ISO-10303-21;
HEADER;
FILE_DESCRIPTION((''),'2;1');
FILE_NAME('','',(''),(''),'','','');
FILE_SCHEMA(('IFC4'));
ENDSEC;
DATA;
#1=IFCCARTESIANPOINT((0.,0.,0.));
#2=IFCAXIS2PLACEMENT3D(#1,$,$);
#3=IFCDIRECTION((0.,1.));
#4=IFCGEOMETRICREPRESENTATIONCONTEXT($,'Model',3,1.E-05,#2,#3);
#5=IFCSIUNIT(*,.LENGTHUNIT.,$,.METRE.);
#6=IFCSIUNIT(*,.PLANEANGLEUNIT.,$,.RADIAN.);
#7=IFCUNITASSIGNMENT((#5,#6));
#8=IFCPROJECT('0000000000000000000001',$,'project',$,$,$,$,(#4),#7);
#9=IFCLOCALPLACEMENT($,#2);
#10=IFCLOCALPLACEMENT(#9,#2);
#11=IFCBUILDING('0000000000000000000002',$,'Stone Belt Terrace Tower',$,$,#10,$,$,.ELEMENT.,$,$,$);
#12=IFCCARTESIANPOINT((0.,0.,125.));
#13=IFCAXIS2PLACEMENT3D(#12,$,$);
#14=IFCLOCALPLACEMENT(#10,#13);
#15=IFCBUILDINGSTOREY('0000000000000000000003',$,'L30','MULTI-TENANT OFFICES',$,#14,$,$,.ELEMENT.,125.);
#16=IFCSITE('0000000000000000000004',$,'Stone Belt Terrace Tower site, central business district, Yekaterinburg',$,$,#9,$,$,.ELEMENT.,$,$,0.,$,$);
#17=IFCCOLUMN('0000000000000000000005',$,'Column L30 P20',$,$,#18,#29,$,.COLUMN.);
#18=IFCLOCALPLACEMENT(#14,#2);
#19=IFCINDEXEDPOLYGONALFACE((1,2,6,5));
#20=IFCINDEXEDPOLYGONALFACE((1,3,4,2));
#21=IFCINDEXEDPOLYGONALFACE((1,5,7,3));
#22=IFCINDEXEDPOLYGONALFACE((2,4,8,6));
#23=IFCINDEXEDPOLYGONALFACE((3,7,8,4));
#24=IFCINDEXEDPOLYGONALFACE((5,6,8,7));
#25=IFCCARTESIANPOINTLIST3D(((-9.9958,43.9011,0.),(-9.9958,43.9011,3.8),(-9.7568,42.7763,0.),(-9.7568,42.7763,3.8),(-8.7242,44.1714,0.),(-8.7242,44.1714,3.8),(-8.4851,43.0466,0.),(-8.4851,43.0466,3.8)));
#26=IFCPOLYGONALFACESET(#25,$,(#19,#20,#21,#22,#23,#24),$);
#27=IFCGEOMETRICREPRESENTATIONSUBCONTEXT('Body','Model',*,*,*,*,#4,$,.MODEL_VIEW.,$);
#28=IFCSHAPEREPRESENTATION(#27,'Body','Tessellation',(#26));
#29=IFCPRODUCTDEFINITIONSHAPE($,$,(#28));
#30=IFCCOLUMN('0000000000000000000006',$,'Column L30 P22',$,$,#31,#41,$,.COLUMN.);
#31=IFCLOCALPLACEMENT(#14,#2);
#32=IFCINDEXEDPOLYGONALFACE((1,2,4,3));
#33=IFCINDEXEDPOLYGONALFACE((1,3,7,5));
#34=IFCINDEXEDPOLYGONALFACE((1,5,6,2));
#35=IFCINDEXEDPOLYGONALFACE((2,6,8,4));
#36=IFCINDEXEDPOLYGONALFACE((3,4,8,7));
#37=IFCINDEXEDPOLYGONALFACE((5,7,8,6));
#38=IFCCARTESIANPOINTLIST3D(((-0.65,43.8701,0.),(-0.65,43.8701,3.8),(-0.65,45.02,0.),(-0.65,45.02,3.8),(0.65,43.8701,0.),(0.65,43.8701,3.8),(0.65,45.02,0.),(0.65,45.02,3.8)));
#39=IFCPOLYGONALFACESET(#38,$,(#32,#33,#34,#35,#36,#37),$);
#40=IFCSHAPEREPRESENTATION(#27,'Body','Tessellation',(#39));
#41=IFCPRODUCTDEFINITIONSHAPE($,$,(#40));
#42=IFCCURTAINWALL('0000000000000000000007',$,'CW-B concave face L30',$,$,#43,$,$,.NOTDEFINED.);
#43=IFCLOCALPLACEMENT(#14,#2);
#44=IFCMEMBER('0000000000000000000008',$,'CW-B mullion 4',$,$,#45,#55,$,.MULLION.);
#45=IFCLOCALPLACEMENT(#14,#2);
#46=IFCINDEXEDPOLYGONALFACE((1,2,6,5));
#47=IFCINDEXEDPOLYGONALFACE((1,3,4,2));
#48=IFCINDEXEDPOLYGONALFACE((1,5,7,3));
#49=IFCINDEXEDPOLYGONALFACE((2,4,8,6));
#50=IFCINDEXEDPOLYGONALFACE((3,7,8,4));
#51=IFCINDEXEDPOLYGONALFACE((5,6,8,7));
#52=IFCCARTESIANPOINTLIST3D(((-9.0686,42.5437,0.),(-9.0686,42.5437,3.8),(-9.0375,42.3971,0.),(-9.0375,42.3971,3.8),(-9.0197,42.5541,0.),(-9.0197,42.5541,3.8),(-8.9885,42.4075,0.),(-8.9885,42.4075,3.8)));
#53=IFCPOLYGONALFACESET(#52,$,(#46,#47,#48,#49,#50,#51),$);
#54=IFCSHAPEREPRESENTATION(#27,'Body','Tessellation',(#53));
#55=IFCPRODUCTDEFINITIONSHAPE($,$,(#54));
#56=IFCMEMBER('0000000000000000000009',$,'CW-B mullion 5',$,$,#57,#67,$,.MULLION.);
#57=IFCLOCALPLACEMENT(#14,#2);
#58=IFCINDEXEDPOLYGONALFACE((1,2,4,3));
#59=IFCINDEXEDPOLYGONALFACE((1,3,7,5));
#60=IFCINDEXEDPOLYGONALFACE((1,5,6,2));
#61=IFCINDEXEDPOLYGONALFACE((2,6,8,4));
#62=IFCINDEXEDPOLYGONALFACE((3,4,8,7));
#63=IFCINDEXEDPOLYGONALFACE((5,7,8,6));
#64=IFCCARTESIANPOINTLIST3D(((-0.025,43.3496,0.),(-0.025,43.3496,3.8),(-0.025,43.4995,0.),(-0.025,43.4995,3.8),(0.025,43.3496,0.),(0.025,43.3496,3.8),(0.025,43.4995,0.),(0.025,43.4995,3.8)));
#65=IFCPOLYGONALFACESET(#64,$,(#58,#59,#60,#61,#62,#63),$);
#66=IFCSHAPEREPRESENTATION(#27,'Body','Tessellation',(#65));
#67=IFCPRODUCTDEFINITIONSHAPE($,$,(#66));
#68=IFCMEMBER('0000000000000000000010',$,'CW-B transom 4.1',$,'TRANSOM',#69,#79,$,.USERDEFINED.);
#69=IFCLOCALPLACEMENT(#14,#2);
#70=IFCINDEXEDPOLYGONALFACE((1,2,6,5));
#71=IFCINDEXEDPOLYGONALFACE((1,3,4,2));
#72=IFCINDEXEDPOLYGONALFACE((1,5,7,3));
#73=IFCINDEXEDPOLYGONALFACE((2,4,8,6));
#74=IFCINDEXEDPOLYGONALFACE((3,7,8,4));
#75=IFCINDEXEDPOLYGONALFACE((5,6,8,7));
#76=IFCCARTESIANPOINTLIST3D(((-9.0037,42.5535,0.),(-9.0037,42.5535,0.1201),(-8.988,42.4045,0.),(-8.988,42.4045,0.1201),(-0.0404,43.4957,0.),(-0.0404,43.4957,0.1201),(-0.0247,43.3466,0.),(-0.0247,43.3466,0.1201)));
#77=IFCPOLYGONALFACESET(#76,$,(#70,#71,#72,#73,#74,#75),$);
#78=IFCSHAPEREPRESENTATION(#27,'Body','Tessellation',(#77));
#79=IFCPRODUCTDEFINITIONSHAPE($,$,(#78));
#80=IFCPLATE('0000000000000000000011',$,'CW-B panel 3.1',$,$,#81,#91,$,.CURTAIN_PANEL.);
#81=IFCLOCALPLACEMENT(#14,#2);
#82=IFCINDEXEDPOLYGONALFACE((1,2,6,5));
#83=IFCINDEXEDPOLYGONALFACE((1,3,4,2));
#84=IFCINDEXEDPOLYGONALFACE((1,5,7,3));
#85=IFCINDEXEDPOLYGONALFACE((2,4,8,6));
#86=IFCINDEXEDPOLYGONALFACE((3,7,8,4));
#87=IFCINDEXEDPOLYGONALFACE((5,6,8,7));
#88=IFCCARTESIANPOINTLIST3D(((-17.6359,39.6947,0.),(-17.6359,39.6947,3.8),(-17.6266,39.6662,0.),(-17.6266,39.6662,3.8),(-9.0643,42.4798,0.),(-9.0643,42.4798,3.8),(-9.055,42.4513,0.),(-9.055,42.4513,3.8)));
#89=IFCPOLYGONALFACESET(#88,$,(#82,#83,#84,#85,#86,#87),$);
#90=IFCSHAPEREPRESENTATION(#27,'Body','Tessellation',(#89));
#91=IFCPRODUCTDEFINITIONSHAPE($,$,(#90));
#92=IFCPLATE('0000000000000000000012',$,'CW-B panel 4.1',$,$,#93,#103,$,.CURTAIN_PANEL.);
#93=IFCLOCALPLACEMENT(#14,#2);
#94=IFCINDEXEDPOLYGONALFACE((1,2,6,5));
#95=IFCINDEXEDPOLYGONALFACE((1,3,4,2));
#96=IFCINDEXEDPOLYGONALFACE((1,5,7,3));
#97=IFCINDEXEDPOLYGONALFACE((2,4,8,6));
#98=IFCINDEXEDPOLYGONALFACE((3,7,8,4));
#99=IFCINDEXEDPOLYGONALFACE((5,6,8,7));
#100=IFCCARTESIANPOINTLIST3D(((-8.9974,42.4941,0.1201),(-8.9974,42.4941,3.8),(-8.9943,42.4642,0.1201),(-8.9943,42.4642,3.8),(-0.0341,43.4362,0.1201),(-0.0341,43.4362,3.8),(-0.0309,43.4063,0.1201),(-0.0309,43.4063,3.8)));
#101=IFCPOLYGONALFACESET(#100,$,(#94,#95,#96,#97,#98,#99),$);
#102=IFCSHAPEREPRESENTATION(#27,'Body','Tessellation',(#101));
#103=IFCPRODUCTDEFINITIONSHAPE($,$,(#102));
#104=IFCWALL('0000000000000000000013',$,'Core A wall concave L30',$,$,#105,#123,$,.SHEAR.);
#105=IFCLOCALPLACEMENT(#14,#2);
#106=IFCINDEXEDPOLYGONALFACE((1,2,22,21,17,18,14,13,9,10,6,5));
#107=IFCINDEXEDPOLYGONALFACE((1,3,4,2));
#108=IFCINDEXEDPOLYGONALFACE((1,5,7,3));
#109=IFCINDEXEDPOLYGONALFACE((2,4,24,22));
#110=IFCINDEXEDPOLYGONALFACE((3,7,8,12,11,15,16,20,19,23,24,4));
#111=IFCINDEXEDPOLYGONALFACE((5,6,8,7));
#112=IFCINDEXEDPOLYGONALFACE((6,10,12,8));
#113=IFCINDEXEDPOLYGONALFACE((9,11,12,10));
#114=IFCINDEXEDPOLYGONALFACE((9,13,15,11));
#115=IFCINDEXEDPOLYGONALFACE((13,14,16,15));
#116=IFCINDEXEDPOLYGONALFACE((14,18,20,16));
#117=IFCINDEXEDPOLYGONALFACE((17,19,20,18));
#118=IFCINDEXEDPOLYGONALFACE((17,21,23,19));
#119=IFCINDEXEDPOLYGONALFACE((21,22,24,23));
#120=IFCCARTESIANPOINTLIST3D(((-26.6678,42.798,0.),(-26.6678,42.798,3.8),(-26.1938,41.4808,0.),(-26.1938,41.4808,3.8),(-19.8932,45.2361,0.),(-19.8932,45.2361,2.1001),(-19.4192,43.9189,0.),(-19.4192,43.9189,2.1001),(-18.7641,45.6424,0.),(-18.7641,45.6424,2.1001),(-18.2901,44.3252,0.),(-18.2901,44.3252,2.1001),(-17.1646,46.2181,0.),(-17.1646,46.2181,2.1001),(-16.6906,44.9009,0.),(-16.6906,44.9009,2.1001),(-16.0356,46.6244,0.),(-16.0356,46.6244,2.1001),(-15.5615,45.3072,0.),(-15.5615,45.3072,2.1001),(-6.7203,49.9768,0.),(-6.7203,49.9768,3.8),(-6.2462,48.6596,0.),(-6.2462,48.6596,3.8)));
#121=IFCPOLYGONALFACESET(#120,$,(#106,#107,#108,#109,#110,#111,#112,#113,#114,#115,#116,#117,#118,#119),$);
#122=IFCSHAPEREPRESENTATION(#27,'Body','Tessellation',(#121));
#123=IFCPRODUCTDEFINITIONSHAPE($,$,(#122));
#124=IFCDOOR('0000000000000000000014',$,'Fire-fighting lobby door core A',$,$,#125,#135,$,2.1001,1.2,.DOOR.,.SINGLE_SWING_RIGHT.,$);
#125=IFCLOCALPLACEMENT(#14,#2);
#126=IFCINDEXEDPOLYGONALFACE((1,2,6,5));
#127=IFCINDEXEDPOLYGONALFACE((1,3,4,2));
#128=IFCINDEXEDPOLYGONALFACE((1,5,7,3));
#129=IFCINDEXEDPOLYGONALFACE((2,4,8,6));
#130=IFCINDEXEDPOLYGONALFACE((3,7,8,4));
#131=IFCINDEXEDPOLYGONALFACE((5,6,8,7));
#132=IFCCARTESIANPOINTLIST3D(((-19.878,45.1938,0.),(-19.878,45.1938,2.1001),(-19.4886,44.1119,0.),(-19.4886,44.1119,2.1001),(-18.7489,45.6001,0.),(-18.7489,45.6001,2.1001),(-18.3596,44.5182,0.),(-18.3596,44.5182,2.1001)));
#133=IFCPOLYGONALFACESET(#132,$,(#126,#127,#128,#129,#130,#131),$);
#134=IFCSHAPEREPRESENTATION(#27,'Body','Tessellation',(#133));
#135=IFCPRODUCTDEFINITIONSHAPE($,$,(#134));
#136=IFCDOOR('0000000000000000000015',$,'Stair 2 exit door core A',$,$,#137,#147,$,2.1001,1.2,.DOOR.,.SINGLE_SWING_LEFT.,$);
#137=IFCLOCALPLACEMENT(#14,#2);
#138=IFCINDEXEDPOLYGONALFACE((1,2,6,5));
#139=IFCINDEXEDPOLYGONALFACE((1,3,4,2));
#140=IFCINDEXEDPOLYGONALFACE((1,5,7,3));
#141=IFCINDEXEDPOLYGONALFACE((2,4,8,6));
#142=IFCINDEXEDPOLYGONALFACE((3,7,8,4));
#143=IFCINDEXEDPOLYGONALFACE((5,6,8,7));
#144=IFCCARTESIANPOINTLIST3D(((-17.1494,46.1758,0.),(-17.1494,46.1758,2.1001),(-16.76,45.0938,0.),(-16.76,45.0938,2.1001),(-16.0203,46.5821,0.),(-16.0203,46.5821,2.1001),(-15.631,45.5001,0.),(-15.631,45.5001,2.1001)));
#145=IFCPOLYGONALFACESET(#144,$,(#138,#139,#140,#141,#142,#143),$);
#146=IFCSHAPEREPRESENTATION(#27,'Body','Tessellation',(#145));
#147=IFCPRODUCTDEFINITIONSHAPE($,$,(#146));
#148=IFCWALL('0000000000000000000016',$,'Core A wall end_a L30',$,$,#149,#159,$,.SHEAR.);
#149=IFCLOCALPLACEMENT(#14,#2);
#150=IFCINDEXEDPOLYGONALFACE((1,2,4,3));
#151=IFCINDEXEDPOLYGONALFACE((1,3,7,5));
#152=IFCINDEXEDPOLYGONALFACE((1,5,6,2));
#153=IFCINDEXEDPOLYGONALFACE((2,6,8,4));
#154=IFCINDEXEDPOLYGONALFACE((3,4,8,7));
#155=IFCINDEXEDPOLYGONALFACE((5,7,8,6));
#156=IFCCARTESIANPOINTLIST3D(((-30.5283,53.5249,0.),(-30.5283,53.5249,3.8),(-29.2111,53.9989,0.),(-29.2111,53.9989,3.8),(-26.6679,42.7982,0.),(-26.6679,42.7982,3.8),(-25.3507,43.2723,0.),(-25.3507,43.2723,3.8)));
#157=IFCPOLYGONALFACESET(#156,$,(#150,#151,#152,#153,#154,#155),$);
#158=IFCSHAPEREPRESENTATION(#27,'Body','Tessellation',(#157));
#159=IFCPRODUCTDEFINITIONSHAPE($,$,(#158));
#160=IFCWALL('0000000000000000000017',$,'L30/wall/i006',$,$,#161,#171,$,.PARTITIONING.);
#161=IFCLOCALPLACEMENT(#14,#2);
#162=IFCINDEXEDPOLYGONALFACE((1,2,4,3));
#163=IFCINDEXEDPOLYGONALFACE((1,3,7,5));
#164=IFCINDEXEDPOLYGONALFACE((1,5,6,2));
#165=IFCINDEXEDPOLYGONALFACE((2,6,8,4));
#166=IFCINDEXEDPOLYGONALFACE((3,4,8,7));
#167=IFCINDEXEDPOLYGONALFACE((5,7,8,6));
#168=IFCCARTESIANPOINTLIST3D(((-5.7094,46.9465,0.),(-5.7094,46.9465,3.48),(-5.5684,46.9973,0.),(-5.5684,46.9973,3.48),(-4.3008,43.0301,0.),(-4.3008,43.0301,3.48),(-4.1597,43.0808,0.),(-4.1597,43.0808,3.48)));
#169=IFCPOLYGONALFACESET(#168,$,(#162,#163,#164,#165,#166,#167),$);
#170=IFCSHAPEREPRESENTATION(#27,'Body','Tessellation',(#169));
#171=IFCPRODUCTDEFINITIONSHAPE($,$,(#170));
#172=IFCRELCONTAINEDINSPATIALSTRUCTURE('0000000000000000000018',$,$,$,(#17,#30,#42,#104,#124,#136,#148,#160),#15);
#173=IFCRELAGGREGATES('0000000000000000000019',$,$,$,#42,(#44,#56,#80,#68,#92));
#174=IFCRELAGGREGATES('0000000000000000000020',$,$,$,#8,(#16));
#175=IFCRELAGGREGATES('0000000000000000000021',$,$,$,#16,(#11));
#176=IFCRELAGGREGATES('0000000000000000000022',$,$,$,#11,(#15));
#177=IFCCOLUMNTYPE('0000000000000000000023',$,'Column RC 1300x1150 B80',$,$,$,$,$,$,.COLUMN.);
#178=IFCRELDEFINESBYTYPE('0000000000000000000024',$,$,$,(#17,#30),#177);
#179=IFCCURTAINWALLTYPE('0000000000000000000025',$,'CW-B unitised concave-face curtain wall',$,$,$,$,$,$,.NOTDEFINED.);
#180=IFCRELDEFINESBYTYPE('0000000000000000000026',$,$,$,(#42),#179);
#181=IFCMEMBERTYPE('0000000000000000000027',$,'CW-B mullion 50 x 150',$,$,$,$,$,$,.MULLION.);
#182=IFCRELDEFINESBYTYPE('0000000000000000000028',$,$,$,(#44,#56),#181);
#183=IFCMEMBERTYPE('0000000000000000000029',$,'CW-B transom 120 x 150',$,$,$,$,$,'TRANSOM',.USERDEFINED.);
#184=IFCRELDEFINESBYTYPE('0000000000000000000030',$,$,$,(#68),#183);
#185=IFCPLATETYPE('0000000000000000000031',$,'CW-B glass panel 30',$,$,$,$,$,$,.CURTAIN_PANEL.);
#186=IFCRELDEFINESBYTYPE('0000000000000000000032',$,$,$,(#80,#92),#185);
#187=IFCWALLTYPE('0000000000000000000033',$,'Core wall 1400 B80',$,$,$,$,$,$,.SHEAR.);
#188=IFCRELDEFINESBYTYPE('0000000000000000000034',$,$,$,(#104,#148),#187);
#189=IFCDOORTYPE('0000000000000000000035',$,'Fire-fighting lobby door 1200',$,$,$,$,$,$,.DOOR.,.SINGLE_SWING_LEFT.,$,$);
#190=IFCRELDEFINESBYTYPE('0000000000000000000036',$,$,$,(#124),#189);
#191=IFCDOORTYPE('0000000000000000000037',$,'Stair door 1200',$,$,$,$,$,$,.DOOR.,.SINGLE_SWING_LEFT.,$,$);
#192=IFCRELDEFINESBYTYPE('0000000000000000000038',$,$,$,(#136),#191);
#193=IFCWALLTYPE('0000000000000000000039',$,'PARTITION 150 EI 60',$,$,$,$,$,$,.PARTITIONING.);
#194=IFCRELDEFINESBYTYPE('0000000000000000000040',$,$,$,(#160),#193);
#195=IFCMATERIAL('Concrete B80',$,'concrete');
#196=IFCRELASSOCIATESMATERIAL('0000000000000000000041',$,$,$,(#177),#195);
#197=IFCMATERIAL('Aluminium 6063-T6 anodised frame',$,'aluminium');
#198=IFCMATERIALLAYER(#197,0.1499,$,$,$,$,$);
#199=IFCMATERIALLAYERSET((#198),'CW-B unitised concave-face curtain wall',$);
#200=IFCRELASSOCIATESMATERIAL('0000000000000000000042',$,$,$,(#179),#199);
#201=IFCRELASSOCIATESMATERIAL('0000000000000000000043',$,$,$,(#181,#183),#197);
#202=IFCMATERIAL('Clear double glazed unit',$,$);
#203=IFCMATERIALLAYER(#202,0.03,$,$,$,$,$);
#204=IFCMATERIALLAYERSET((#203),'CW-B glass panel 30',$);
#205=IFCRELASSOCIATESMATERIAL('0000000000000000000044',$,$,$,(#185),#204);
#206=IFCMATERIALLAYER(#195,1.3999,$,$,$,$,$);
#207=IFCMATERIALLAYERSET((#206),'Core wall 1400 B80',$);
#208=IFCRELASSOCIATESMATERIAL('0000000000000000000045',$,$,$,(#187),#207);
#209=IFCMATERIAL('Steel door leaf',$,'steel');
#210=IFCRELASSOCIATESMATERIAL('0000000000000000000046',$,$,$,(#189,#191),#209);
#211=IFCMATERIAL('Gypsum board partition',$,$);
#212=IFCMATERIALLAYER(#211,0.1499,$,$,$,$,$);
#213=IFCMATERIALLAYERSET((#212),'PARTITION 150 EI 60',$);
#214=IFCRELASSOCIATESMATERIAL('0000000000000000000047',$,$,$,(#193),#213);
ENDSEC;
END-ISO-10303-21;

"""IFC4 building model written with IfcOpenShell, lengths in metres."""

from ifc_helpers import new_model, si_unit, direction, frame, frame_2d, origin, origin_2d, place, context, subcontext, project, spatial, rectangle, extrude, material, layer, layer_set, material_profile, profile_set, type_object, element, fill, aggregate, save


model = new_model("IFC4")

# Units and contexts
model_context = context("Model", 3, precision=1e-05, world=origin(), true_north=direction((0.0, 1.0)))
body_context = subcontext(model_context, "Body", "Model", "MODEL_VIEW")
ifc_project = project(units=[si_unit("LENGTHUNIT", "METRE"), si_unit("PLANEANGLEUNIT", "RADIAN")], contexts=[model_context])

# Site, building, storey
site_placement = place(None, origin())
site = spatial("IfcSite", under=ifc_project, at=site_placement, Name="Stone Belt Terrace Tower site, central business district, Yekaterinburg", CompositionType="ELEMENT", RefElevation=0.0)
building_placement = place(site_placement, origin())
building = spatial("IfcBuilding", under=site, at=building_placement, Name="Stone Belt Terrace Tower", CompositionType="ELEMENT")
storey_placement = place(building_placement, frame((0.0, 0.0, 125.0)))
storey = spatial("IfcBuildingStorey", under=building, at=storey_placement, Name="L30", Description="MULTI-TENANT OFFICES", CompositionType="ELEMENT", Elevation=125.0)

# Columns
ifc_material_1 = material(Name="Concrete B80", Category="concrete")
ifc_material_profile_1 = material_profile(ifc_material_1, rectangle(XDim=1.3, YDim=1.1499, at=origin_2d()), Name="RC 1300x1150")
ifc_profile_set_1 = profile_set([ifc_material_profile_1], Name="Concrete B80")
column_type = type_object("IfcColumnType", Name="Column RC 1300x1150 B80", PredefinedType="COLUMN", material=ifc_profile_set_1)
for number, where, z_axis, x_axis, name in (
    (1, (-9.2405, 43.4739, 0.0), (0.0, 0.0, 1.0), (0.978148, 0.207912, 0.0), "Column L30 P20"),
    (2, (0.0, 44.4451, 0.0), (0.0, 0.0, 1.0), (1.0, 0.0, 0.0), "Column L30 P22"),
):
    element("IfcColumn", number, at=place(storey_placement, frame(where, z_axis=z_axis, x_axis=x_axis)), inside=storey, type_object=column_type, Name=name, PredefinedType="COLUMN", context=body_context, shape_type="SweptSolid", body=[
        extrude(rectangle(XDim=1.3, YDim=1.1499, at=origin_2d()), origin(), (0.0, 0.0, 1.0), 3.8),
    ])

# Curtain wall, members, plates
ifc_material_2 = material(Name="Aluminium 6063-T6 anodised frame", Category="aluminium")
ifc_layer_1 = layer(ifc_material_2, 0.1499)
ifc_layer_set_1 = layer_set([ifc_layer_1], Name="CW-B unitised concave-face curtain wall")
curtain_wall_type = type_object("IfcCurtainWallType", Name="CW-B unitised concave-face curtain wall", PredefinedType="NOTDEFINED", material=ifc_layer_set_1)
curtain_wall_placement = place(storey_placement, origin())
curtain_wall = element("IfcCurtainWall", 3, at=curtain_wall_placement, inside=storey, type_object=curtain_wall_type, Name="CW-B concave face L30", PredefinedType="NOTDEFINED")
ifc_material_profile_2 = material_profile(ifc_material_2, rectangle(XDim=0.1499, YDim=0.05, at=origin_2d()), Name="Aluminium 6063-T6 50x150")
ifc_profile_set_2 = profile_set([ifc_material_profile_2], Name="Aluminium 6063-T6 anodised frame")
member_type_1 = type_object("IfcMemberType", Name="CW-B mullion 50 x 150", PredefinedType="MULLION", material=ifc_profile_set_2)
member_1_placement = place(storey_placement, frame((-9.0286, 42.4756, 0.0), z_axis=(0.0, 0.0, 1.0), x_axis=(-0.207912, 0.978148, 0.0)))
member_1 = element("IfcMember", 4, at=member_1_placement, type_object=member_type_1, Name="CW-B mullion 4", PredefinedType="MULLION", context=body_context, shape_type="SweptSolid", body=[
    extrude(rectangle(XDim=0.1499, YDim=0.05, at=origin_2d()), origin(), (0.0, 0.0, 1.0), 3.8),
])
member_2_placement = place(storey_placement, frame((0.0, 43.4246, 0.0), z_axis=(0.0, 0.0, 1.0), x_axis=(0.0, 1.0, 0.0)))
member_2 = element("IfcMember", 5, at=member_2_placement, type_object=member_type_1, Name="CW-B mullion 5", PredefinedType="MULLION", context=body_context, shape_type="SweptSolid", body=[
    extrude(rectangle(XDim=0.1499, YDim=0.05, at=origin_2d()), origin(), (0.0, 0.0, 1.0), 3.8),
])
ifc_material_profile_3 = material_profile(ifc_material_2, rectangle(XDim=0.1499, YDim=0.1201, at=origin_2d()), Name="Aluminium 6063-T6 150x120")
ifc_profile_set_3 = profile_set([ifc_material_profile_3], Name="Aluminium 6063-T6 anodised frame")
member_type_2 = type_object("IfcMemberType", Name="CW-B transom 120 x 150", ElementType="TRANSOM", PredefinedType="USERDEFINED", material=ifc_profile_set_3)
member_3_placement = place(storey_placement, frame((-8.9958, 42.479, 0.0601), z_axis=(0.994521, 0.104534, 0.0), x_axis=(-0.104534, 0.994521, 0.0)))
member_3 = element("IfcMember", 6, at=member_3_placement, type_object=member_type_2, Name="CW-B transom 4.1", ObjectType="TRANSOM", PredefinedType="USERDEFINED", context=body_context, shape_type="SweptSolid", body=[
    extrude(rectangle(XDim=0.1499, YDim=0.1201, at=origin_2d()), origin(), (0.0, 0.0, 1.0), 9.0127),
])
ifc_material_3 = material(Name="Clear double glazed unit")
ifc_layer_2 = layer(ifc_material_3, 0.03)
ifc_layer_set_2 = layer_set([ifc_layer_2], Name="CW-B glass panel 30")
plate_type = type_object("IfcPlateType", Name="CW-B glass panel 30", PredefinedType="CURTAIN_PANEL", material=ifc_layer_set_2)
plate_1_placement = place(storey_placement, frame((-13.3455, 41.073, 0.0), z_axis=(0.0, 0.0, 1.0), x_axis=(0.951057, 0.309017, 0.0)))
plate_1 = element("IfcPlate", 7, at=plate_1_placement, type_object=plate_type, Name="CW-B panel 3.1", PredefinedType="CURTAIN_PANEL", context=body_context, shape_type="SweptSolid", body=[
    extrude(rectangle(XDim=9.0127, YDim=0.03, at=origin_2d()), origin(), (0.0, 0.0, 1.0), 3.8),
])
plate_2_placement = place(storey_placement, frame((-4.5142, 42.9502, 0.1201), z_axis=(0.0, 0.0, 1.0), x_axis=(0.994522, 0.104528, 0.0)))
plate_2 = element("IfcPlate", 8, at=plate_2_placement, type_object=plate_type, Name="CW-B panel 4.1", PredefinedType="CURTAIN_PANEL", context=body_context, shape_type="SweptSolid", body=[
    extrude(rectangle(XDim=9.0127, YDim=0.03, at=origin_2d()), origin(), (0.0, 0.0, 1.0), 3.6799),
])
aggregate(curtain_wall, [member_1, member_2, plate_1, member_3, plate_2])

# Wall, openings, doors
ifc_layer_3 = layer(ifc_material_1, 1.3999)
ifc_layer_set_3 = layer_set([ifc_layer_3], Name="Core wall 1400 B80")
wall_type_1 = type_object("IfcWallType", Name="Core wall 1400 B80", PredefinedType="SHEAR", material=ifc_layer_set_3)
wall_1_placement = place(storey_placement, frame((-26.4309, 42.1394, 0.0), z_axis=(0.0, 0.0, 1.0), x_axis=(0.940923, 0.33862, 0.0)))
wall_1 = element("IfcWall", 9, at=wall_1_placement, inside=storey, type_object=wall_type_1, Name="Core A wall concave L30", PredefinedType="SHEAR", context=body_context, shape_type="SweptSolid", body=[
    extrude(rectangle(XDim=21.2, YDim=1.3999, at=frame_2d((10.6001, 0.0))), origin(), (0.0, 0.0, 1.0), 3.8),
])
opening_1_placement = place(wall_1_placement, frame((7.2, 0.0, 0.0)))
opening_1 = element("IfcOpeningElement", 10, at=opening_1_placement, cuts=wall_1, PredefinedType="OPENING", context=body_context, shape_type="SweptSolid", body=[
    extrude(rectangle(XDim=1.2, YDim=2.1001, at=frame_2d((0.6001, 1.05))), frame((0.0, 0.71, 0.0), z_axis=(0.0, -1.0, 0.0), x_axis=(1.0, 0.0, 0.0)), (0.0, 0.0, 1.0), 1.4199),
])
opening_2_placement = place(wall_1_placement, frame((10.0999, 0.0, 0.0)))
opening_2 = element("IfcOpeningElement", 11, at=opening_2_placement, cuts=wall_1, PredefinedType="OPENING", context=body_context, shape_type="SweptSolid", body=[
    extrude(rectangle(XDim=1.2, YDim=2.1001, at=frame_2d((0.6001, 1.05))), frame((0.0, 0.71, 0.0), z_axis=(0.0, -1.0, 0.0), x_axis=(1.0, 0.0, 0.0)), (0.0, 0.0, 1.0), 1.4199),
])
ifc_material_4 = material(Name="Steel door leaf", Category="steel")
door_type_1 = type_object("IfcDoorType", Name="Fire-fighting lobby door 1200", OperationType="SINGLE_SWING_LEFT", PredefinedType="DOOR", material=ifc_material_4)
door_1_placement = place(opening_1_placement, origin())
door_1 = element("IfcDoor", 12, at=door_1_placement, inside=storey, type_object=door_type_1, Name="Fire-fighting lobby door core A", OperationType="SINGLE_SWING_RIGHT", OverallHeight=2.1001, OverallWidth=1.2, PredefinedType="DOOR", context=body_context, shape_type="SweptSolid", body=[
    extrude(rectangle(XDim=1.2, YDim=2.1001, at=frame_2d((0.6001, 1.05))), frame((0.0, 0.655, 0.0), z_axis=(0.0, -1.0, 0.0), x_axis=(1.0, 0.0, 0.0)), (0.0, 0.0, 1.0), 1.1499),
])
fill(opening_1, door_1)
door_type_2 = type_object("IfcDoorType", Name="Stair door 1200", OperationType="SINGLE_SWING_LEFT", PredefinedType="DOOR", material=ifc_material_4)
door_2_placement = place(opening_2_placement, origin())
door_2 = element("IfcDoor", 13, at=door_2_placement, inside=storey, type_object=door_type_2, Name="Stair 2 exit door core A", OperationType="SINGLE_SWING_LEFT", OverallHeight=2.1001, OverallWidth=1.2, PredefinedType="DOOR", context=body_context, shape_type="SweptSolid", body=[
    extrude(rectangle(XDim=1.2, YDim=2.1001, at=frame_2d((0.6001, 1.05))), frame((0.0, 0.655, 0.0), z_axis=(0.0, -1.0, 0.0), x_axis=(1.0, 0.0, 0.0)), (0.0, 0.0, 1.0), 1.1499),
])
fill(opening_2, door_2)

# Walls
wall_2_placement = place(storey_placement, frame((-26.0093, 43.0352, 0.0), z_axis=(0.0, 0.0, 1.0), x_axis=(-0.338625, 0.940921, 0.0)))
element("IfcWall", 14, at=wall_2_placement, inside=storey, type_object=wall_type_1, Name="Core A wall end_a L30", PredefinedType="SHEAR", context=body_context, shape_type="SweptSolid", body=[
    extrude(rectangle(XDim=11.4001, YDim=1.3999, at=frame_2d((5.7002, 0.0))), origin(), (0.0, 0.0, 1.0), 3.8),
])
ifc_material_5 = material(Name="Gypsum board partition")
ifc_layer_4 = layer(ifc_material_5, 0.1499)
ifc_layer_set_4 = layer_set([ifc_layer_4], Name="PARTITION 150 EI 60")
wall_type_2 = type_object("IfcWallType", Name="PARTITION 150 EI 60", PredefinedType="PARTITIONING", material=ifc_layer_set_4)
wall_3_placement = place(storey_placement, frame((-4.2302, 43.0554, 0.0), z_axis=(0.0, 0.0, 1.0), x_axis=(-0.338454, 0.940983, 0.0)))
element("IfcWall", 15, at=wall_3_placement, inside=storey, type_object=wall_type_2, Name="L30/wall/i006", PredefinedType="PARTITIONING", context=body_context, shape_type="SweptSolid", body=[
    extrude(rectangle(XDim=4.1621, YDim=0.1499, at=frame_2d((2.0811, 0.0))), origin(), (0.0, 0.0, 1.0), 3.48),
])

save(model, "model.ifc")
